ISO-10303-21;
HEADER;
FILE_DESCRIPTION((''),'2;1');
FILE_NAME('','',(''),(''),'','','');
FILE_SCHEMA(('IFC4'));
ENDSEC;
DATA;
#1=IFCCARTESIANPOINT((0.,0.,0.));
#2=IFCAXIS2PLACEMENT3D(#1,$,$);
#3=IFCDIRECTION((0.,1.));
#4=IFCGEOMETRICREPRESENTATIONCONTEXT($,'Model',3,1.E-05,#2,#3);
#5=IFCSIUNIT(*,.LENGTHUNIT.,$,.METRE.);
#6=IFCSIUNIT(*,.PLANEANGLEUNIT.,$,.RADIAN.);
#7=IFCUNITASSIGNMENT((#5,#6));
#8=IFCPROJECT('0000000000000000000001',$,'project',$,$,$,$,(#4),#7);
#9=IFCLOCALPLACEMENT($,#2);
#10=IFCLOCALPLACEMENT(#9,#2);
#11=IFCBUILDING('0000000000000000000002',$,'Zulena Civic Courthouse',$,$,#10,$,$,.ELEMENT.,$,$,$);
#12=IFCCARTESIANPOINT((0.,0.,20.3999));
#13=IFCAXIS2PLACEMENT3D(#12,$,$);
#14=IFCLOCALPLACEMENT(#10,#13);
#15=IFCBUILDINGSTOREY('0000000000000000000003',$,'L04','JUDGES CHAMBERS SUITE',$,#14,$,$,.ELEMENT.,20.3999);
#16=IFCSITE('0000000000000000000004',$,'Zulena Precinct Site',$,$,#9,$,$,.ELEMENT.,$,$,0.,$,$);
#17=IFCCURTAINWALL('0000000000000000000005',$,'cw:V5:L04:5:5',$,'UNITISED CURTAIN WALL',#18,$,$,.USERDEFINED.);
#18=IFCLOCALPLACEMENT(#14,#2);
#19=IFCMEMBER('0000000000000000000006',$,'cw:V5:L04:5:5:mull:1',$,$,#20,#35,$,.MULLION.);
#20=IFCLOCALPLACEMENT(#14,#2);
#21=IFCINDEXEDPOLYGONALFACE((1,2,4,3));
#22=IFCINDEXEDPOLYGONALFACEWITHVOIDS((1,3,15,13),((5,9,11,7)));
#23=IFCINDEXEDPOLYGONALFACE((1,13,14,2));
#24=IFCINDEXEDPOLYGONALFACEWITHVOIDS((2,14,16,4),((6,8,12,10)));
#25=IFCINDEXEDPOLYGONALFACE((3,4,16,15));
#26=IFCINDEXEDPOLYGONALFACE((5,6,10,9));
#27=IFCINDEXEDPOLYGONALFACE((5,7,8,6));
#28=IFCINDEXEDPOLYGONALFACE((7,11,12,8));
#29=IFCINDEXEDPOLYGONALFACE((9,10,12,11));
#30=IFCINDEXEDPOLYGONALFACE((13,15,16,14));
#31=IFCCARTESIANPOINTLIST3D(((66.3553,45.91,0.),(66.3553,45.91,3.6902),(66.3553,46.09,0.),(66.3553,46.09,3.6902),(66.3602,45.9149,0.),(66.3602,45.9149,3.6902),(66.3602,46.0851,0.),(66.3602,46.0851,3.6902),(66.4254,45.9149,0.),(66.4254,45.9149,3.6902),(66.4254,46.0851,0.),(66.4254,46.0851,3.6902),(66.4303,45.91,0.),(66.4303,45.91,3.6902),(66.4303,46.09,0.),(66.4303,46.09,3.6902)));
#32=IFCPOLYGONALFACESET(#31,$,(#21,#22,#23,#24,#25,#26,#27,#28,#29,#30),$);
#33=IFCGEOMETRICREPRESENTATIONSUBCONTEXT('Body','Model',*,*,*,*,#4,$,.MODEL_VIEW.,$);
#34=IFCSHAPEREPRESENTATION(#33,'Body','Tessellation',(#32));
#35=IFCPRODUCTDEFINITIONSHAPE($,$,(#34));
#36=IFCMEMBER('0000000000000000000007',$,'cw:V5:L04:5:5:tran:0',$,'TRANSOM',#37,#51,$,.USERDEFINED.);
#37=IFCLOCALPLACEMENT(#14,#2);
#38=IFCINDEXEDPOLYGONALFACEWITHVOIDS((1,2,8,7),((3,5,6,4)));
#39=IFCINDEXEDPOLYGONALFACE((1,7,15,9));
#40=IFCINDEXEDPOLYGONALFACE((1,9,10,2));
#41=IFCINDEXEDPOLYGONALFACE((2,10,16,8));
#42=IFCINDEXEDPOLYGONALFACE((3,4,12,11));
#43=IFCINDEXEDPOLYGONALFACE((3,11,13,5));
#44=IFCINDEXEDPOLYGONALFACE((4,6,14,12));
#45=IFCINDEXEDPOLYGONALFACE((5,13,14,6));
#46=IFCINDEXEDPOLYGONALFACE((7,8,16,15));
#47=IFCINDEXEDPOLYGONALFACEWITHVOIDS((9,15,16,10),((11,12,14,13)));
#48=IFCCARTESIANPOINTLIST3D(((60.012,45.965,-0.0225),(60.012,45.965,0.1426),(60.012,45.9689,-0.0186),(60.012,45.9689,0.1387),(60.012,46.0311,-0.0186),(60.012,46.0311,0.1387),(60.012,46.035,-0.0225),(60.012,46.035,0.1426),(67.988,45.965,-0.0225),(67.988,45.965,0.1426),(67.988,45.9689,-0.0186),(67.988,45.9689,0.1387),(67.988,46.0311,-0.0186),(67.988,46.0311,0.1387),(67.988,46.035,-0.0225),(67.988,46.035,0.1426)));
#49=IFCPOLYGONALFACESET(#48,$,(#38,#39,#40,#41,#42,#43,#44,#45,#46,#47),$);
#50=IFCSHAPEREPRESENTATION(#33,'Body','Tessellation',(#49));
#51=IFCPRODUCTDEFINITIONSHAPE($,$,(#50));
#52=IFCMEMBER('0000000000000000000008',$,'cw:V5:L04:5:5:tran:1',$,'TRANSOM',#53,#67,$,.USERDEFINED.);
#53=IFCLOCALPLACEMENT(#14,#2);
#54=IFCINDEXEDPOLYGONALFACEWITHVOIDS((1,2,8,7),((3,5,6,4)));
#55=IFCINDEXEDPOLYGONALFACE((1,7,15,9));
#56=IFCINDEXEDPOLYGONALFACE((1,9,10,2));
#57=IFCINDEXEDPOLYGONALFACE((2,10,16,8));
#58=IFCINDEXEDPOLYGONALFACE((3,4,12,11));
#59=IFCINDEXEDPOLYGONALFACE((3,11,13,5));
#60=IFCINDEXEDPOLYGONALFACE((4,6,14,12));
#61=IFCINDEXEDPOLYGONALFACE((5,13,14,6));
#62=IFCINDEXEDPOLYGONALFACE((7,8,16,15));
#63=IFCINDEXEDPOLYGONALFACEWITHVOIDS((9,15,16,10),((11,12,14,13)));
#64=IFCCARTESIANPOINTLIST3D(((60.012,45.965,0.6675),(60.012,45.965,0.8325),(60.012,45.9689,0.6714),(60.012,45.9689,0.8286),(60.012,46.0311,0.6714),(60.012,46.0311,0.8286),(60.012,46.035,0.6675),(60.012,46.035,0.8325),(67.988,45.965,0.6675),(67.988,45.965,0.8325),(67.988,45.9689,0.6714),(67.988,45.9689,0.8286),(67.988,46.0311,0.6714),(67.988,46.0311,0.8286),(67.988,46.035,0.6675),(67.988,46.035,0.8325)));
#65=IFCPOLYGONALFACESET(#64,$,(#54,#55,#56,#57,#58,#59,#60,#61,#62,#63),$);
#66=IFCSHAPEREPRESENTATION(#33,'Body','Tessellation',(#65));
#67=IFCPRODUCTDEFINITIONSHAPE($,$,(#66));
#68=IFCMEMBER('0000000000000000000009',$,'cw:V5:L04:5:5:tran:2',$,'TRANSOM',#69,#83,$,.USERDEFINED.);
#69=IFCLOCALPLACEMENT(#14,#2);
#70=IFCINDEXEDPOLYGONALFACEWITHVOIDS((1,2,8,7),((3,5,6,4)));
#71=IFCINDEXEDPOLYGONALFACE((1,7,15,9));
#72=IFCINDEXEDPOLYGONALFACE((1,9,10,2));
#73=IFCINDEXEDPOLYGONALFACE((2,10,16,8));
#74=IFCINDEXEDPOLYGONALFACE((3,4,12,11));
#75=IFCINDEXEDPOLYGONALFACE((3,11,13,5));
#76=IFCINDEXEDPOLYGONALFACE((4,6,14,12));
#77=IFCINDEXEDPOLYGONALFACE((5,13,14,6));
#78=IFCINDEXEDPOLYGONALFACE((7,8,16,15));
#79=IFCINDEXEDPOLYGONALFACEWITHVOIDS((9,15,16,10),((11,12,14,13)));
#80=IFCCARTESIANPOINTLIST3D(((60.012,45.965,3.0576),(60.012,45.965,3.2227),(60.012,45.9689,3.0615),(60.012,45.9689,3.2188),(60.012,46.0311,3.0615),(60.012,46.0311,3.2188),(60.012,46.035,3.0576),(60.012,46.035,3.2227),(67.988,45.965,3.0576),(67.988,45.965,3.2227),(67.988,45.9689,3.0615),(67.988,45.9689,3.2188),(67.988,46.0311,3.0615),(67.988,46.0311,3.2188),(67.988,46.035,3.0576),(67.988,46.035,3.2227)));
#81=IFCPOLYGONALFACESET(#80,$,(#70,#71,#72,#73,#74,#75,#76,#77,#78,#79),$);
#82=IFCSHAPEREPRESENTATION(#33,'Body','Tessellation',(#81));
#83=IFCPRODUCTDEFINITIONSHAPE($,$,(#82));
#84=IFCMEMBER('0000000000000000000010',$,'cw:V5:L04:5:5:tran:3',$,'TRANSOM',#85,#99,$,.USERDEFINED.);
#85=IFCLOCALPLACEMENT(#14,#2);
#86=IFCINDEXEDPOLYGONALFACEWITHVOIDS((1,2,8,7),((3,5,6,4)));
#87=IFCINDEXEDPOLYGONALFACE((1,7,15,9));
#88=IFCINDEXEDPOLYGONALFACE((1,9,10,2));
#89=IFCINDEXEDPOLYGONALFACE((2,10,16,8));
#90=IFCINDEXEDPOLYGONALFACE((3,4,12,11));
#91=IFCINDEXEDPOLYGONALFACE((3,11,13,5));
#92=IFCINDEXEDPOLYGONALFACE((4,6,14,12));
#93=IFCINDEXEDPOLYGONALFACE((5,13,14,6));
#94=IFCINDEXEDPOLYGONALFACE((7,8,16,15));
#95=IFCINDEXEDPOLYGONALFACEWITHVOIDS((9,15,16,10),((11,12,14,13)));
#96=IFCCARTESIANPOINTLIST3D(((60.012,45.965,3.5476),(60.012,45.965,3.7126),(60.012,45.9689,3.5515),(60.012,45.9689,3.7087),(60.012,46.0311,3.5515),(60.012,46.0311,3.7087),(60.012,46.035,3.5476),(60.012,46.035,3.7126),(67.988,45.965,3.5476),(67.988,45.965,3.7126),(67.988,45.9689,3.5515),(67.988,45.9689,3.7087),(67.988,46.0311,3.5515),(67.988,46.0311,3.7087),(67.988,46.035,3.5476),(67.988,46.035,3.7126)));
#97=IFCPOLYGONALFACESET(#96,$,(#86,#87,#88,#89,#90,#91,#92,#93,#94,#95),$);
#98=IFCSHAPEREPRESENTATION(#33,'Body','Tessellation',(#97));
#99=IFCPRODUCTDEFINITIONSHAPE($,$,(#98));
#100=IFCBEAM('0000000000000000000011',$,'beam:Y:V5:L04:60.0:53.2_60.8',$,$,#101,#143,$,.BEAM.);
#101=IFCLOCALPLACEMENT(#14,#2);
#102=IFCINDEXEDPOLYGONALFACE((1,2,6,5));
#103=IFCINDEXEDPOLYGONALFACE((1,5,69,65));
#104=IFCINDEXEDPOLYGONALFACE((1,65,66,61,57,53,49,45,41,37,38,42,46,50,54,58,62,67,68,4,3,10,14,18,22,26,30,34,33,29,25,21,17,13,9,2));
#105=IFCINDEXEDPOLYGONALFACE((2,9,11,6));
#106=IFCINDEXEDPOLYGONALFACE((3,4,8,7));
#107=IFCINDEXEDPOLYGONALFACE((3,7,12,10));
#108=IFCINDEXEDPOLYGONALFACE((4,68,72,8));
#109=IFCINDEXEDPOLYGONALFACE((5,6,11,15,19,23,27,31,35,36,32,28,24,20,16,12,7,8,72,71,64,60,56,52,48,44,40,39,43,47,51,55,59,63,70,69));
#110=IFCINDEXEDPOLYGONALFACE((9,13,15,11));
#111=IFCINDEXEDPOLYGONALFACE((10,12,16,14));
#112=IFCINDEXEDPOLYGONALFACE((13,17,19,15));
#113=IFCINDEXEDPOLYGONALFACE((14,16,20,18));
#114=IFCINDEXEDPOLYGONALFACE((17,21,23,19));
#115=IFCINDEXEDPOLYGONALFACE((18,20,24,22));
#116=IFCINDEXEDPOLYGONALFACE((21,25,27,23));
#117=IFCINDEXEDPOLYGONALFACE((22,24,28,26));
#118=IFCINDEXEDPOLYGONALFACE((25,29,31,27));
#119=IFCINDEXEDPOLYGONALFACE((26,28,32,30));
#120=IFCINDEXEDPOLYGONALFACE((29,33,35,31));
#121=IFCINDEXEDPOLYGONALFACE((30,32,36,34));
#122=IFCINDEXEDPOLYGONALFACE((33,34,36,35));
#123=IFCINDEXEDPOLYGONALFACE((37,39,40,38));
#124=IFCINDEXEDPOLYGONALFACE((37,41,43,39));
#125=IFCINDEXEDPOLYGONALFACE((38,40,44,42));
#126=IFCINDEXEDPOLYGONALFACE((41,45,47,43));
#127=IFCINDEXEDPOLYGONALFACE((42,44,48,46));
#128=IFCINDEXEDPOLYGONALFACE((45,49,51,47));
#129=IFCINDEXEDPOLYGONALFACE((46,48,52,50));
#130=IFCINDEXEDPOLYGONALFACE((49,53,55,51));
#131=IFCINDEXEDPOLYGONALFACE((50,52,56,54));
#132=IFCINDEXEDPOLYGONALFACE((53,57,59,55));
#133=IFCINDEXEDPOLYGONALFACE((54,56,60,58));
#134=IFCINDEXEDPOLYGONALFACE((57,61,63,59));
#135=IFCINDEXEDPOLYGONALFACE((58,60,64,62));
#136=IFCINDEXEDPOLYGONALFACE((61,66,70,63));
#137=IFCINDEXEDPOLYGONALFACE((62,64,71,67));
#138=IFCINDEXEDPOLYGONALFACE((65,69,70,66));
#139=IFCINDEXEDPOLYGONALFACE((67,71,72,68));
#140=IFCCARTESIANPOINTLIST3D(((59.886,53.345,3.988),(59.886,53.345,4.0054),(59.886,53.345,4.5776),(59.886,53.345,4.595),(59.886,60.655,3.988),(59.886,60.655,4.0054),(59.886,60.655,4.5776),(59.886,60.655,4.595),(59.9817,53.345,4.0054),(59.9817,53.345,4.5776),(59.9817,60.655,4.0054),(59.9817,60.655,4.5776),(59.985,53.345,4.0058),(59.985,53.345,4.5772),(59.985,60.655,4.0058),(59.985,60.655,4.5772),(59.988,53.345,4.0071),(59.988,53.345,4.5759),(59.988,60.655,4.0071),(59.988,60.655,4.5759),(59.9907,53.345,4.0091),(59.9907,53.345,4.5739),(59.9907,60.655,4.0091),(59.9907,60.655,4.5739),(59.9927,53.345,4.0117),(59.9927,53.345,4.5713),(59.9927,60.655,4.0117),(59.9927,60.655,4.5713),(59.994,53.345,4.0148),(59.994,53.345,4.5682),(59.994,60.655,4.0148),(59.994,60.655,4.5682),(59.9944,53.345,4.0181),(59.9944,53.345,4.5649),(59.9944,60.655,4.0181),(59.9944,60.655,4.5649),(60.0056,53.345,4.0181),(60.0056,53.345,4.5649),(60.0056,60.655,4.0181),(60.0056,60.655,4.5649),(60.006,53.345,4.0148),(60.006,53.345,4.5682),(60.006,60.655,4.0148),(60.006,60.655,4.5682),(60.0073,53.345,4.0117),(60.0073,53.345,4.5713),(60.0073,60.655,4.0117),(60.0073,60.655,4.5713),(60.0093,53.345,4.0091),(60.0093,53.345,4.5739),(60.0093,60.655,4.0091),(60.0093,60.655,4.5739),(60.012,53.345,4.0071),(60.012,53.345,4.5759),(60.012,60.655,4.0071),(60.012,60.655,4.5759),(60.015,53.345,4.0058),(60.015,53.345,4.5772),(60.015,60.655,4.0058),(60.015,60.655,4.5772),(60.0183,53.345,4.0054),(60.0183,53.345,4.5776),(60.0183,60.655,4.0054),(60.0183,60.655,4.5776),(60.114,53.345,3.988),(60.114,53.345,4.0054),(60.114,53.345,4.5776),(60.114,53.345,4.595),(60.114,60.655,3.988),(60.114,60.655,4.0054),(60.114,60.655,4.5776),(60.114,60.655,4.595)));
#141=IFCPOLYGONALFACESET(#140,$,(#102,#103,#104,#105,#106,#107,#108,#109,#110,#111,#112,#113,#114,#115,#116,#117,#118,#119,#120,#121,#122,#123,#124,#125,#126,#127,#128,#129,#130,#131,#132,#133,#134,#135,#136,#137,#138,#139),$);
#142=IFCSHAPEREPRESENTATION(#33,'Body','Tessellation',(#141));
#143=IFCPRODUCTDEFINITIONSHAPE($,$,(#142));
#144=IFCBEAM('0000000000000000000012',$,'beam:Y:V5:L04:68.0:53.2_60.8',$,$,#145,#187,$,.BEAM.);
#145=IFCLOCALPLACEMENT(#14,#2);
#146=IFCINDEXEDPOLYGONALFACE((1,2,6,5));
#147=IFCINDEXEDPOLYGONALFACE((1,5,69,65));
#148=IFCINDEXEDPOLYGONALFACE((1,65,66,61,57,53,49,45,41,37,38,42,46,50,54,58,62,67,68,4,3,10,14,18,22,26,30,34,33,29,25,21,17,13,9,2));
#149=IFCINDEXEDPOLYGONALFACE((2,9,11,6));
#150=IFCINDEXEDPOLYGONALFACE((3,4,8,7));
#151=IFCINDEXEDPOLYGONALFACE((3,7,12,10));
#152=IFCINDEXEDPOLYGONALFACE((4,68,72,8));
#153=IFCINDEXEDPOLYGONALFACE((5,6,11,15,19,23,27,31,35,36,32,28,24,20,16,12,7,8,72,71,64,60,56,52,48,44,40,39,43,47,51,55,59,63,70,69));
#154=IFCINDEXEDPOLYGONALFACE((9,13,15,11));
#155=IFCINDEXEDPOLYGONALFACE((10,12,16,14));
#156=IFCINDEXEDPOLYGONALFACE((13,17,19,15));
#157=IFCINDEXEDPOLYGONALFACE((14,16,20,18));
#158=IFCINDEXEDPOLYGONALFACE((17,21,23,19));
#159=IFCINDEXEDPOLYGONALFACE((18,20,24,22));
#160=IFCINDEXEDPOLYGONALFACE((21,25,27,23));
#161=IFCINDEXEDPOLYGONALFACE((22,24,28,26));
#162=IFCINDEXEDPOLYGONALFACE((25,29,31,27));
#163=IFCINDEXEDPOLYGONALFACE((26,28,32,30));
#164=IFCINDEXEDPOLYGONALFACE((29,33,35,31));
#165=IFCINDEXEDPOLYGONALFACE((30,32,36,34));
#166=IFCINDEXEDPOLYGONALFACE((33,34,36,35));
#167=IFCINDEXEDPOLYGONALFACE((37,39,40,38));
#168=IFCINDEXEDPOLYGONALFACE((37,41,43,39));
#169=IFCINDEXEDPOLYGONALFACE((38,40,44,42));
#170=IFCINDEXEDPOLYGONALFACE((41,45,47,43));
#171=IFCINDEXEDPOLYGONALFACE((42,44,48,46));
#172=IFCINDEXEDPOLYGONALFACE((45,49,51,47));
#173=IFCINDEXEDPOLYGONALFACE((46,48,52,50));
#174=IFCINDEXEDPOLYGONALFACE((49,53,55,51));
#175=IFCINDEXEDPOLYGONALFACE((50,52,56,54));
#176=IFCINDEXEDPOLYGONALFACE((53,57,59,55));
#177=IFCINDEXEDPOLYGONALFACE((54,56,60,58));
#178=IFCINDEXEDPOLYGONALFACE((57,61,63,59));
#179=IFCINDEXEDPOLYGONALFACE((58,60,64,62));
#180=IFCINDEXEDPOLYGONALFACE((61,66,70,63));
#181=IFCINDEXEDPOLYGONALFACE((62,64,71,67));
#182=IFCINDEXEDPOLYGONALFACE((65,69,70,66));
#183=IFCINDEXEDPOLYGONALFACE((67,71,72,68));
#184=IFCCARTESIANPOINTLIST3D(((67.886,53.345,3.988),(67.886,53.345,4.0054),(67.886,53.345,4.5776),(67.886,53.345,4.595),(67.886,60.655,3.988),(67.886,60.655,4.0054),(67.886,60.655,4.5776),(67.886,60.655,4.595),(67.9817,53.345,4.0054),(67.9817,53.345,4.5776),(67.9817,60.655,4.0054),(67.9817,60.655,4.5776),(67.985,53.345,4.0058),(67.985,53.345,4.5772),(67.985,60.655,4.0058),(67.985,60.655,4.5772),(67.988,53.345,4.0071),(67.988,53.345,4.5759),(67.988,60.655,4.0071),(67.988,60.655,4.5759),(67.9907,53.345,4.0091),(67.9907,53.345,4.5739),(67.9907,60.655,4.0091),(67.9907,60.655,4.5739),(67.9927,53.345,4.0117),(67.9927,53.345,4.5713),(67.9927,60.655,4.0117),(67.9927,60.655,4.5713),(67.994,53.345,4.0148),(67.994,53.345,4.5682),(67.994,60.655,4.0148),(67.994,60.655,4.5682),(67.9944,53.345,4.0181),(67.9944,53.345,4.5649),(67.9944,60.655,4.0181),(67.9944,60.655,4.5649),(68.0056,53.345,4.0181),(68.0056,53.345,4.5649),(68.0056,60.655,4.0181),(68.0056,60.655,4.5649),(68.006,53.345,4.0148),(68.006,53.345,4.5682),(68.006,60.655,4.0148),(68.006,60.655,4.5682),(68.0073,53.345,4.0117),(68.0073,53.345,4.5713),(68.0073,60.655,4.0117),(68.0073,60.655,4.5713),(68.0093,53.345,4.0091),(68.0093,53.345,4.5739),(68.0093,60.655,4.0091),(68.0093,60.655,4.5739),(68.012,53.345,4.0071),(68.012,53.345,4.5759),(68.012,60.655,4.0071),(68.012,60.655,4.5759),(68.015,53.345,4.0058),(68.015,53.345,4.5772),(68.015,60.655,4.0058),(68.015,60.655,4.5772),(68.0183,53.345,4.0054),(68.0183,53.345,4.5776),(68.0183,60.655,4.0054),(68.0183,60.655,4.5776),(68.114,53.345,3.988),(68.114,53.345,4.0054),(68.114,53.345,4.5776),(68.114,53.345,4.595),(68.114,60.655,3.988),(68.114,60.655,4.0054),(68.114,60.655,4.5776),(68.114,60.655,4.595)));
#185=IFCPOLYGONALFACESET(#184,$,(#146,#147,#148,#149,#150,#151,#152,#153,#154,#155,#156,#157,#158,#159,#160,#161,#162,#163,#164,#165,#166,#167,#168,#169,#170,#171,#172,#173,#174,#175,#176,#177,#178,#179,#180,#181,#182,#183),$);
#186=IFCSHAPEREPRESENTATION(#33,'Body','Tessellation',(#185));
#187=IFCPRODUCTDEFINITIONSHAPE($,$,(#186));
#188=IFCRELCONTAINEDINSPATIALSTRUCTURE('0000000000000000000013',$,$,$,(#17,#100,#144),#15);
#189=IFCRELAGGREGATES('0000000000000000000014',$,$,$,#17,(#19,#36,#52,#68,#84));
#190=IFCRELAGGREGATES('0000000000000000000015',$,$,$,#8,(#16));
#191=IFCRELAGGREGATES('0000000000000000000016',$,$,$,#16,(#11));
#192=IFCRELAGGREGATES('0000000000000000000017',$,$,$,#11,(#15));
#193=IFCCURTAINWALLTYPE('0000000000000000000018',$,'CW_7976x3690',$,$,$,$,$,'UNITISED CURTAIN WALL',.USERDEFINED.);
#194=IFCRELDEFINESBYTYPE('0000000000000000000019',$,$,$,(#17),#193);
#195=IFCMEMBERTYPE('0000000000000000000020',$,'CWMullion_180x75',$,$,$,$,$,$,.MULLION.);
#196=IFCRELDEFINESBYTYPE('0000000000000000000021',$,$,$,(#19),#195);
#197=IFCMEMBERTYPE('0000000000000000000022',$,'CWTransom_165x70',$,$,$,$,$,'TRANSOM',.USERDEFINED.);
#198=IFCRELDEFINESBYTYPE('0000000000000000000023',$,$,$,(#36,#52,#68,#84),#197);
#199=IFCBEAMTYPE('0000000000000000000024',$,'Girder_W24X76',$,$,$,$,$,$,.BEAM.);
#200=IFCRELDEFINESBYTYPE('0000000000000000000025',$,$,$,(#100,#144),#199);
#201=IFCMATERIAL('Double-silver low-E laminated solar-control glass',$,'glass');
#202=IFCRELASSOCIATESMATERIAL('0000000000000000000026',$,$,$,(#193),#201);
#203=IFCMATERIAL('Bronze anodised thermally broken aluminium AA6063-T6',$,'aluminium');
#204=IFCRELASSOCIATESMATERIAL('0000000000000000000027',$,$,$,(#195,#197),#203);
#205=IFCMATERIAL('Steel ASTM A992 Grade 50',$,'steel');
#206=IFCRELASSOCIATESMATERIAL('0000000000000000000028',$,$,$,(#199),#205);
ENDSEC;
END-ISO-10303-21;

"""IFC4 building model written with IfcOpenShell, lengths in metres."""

from ifc_helpers import new_model, si_unit, direction, frame, origin, origin_2d, place, context, subcontext, project, spatial, hollow_rectangle, i_section, extrude, material, material_profile, profile_set, type_object, element, aggregate, save


model = new_model("IFC4")

# Units and contexts
model_context = context("Model", 3, precision=1e-05, world=origin(), true_north=direction((0.0, 1.0)))
body_context = subcontext(model_context, "Body", "Model", "MODEL_VIEW")
ifc_project = project(units=[si_unit("LENGTHUNIT", "METRE"), si_unit("PLANEANGLEUNIT", "RADIAN")], contexts=[model_context])

# Site, building, storey
site_placement = place(None, origin())
site = spatial("IfcSite", under=ifc_project, at=site_placement, Name="Zulena Precinct Site", CompositionType="ELEMENT", RefElevation=0.0)
building_placement = place(site_placement, origin())
building = spatial("IfcBuilding", under=site, at=building_placement, Name="Zulena Civic Courthouse", CompositionType="ELEMENT")
storey_placement = place(building_placement, frame((0.0, 0.0, 20.3999)))
storey = spatial("IfcBuildingStorey", under=building, at=storey_placement, Name="L04", Description="JUDGES CHAMBERS SUITE", CompositionType="ELEMENT", Elevation=20.3999)

# Shared definitions
ifc_material_1 = material(Name="Steel ASTM A992 Grade 50", Category="steel")

# Curtain wall, members
ifc_material_2 = material(Name="Double-silver low-E laminated solar-control glass", Category="glass")
curtain_wall_type = type_object("IfcCurtainWallType", Name="CW_7976x3690", ElementType="UNITISED CURTAIN WALL", PredefinedType="USERDEFINED", material=ifc_material_2)
ifc_material_3 = material(Name="Bronze anodised thermally broken aluminium AA6063-T6", Category="aluminium")
ifc_material_profile_1 = material_profile(ifc_material_3, hollow_rectangle(XDim=0.075, YDim=0.1799, WallThickness=0.0049, at=origin_2d()), Name="CWM180X75X5")
ifc_profile_set_1 = profile_set([ifc_material_profile_1], Name="Bronze anodised thermally broken aluminium AA6063-T6")
member_type_1 = type_object("IfcMemberType", Name="CWMullion_180x75", PredefinedType="MULLION", material=ifc_profile_set_1)
curtain_wall_1_placement = place(storey_placement, origin())
curtain_wall_1 = element("IfcCurtainWall", 1, at=curtain_wall_1_placement, inside=storey, type_object=curtain_wall_type, Name="cw:V5:L04:5:5", ObjectType="UNITISED CURTAIN WALL", PredefinedType="USERDEFINED")
member_1_placement = place(storey_placement, frame((66.3928, 46.0, 0.0), z_axis=(0.0, 0.0, 1.0), x_axis=(1.0, 0.0, 0.0)))
member_1 = element("IfcMember", 2, at=member_1_placement, type_object=member_type_1, Name="cw:V5:L04:5:5:mull:1", PredefinedType="MULLION", context=body_context, shape_type="SweptSolid", body=[
    extrude(hollow_rectangle(XDim=0.075, YDim=0.1799, WallThickness=0.0049, at=origin_2d()), origin(), (0.0, 0.0, 1.0), 3.6902),
])
ifc_material_profile_2 = material_profile(ifc_material_3, hollow_rectangle(XDim=0.0701, YDim=0.165, WallThickness=0.0039, at=origin_2d()), Name="CWT165X70X4")
ifc_profile_set_2 = profile_set([ifc_material_profile_2], Name="Bronze anodised thermally broken aluminium AA6063-T6")
member_type_2 = type_object("IfcMemberType", Name="CWTransom_165x70", ElementType="TRANSOM", PredefinedType="USERDEFINED", material=ifc_profile_set_2)
member_2_placement = place(storey_placement, frame((67.988, 46.0, 0.0601), z_axis=(-1.0, 0.0, 0.0), x_axis=(0.0, -1.0, 0.0)))
member_2 = element("IfcMember", 3, at=member_2_placement, type_object=member_type_2, Name="cw:V5:L04:5:5:tran:0", ObjectType="TRANSOM", PredefinedType="USERDEFINED", context=body_context, shape_type="SweptSolid", body=[
    extrude(hollow_rectangle(XDim=0.0701, YDim=0.165, WallThickness=0.0039, at=origin_2d()), origin(), (0.0, 0.0, 1.0), 7.9761),
])
member_3_placement = place(storey_placement, frame((67.988, 46.0, 0.75), z_axis=(-1.0, 0.0, 0.0), x_axis=(0.0, -1.0, 0.0)))
member_3 = element("IfcMember", 4, at=member_3_placement, type_object=member_type_2, Name="cw:V5:L04:5:5:tran:1", ObjectType="TRANSOM", PredefinedType="USERDEFINED", context=body_context, shape_type="SweptSolid", body=[
    extrude(hollow_rectangle(XDim=0.0701, YDim=0.165, WallThickness=0.0039, at=origin_2d()), origin(), (0.0, 0.0, 1.0), 7.9761),
])
member_4_placement = place(storey_placement, frame((67.988, 46.0, 3.1401), z_axis=(-1.0, 0.0, 0.0), x_axis=(0.0, -1.0, 0.0)))
member_4 = element("IfcMember", 5, at=member_4_placement, type_object=member_type_2, Name="cw:V5:L04:5:5:tran:2", ObjectType="TRANSOM", PredefinedType="USERDEFINED", context=body_context, shape_type="SweptSolid", body=[
    extrude(hollow_rectangle(XDim=0.0701, YDim=0.165, WallThickness=0.0039, at=origin_2d()), origin(), (0.0, 0.0, 1.0), 7.9761),
])
member_5_placement = place(storey_placement, frame((67.988, 46.0, 3.6301), z_axis=(-1.0, 0.0, 0.0), x_axis=(0.0, -1.0, 0.0)))
member_5 = element("IfcMember", 6, at=member_5_placement, type_object=member_type_2, Name="cw:V5:L04:5:5:tran:3", ObjectType="TRANSOM", PredefinedType="USERDEFINED", context=body_context, shape_type="SweptSolid", body=[
    extrude(hollow_rectangle(XDim=0.0701, YDim=0.165, WallThickness=0.0039, at=origin_2d()), origin(), (0.0, 0.0, 1.0), 7.9761),
])

# Beams
ifc_material_profile_3 = material_profile(ifc_material_1, i_section(OverallWidth=0.228, OverallDepth=0.6069, WebThickness=0.0112, FlangeThickness=0.0173, FilletRadius=0.0127, at=origin_2d()), Name="W24X76")
ifc_profile_set_3 = profile_set([ifc_material_profile_3], Name="Steel ASTM A992 Grade 50")
beam_type_1 = type_object("IfcBeamType", Name="Girder_W24X76", PredefinedType="BEAM", material=ifc_profile_set_3)
for number, where, z_axis, x_axis, name in (
    (7, (60.0, 53.345, 4.2915), (0.0, 1.0, 0.0), (-1.0, 0.0, 0.0), "beam:Y:V5:L04:60.0:53.2_60.8"),
    (8, (68.0, 53.345, 4.2915), (0.0, 1.0, 0.0), (-1.0, 0.0, 0.0), "beam:Y:V5:L04:68.0:53.2_60.8"),
):
    element("IfcBeam", number, at=place(storey_placement, frame(where, z_axis=z_axis, x_axis=x_axis)), inside=storey, type_object=beam_type_1, Name=name, PredefinedType="BEAM", context=body_context, shape_type="SweptSolid", body=[
        extrude(i_section(OverallWidth=0.228, OverallDepth=0.6069, WebThickness=0.0112, FlangeThickness=0.0173, FilletRadius=0.0127, at=origin_2d()), origin(), (0.0, 0.0, 1.0), 7.3101),
    ])

aggregate(curtain_wall_1, [member_1, member_2, member_3, member_4, member_5])

save(model, "model.ifc")
